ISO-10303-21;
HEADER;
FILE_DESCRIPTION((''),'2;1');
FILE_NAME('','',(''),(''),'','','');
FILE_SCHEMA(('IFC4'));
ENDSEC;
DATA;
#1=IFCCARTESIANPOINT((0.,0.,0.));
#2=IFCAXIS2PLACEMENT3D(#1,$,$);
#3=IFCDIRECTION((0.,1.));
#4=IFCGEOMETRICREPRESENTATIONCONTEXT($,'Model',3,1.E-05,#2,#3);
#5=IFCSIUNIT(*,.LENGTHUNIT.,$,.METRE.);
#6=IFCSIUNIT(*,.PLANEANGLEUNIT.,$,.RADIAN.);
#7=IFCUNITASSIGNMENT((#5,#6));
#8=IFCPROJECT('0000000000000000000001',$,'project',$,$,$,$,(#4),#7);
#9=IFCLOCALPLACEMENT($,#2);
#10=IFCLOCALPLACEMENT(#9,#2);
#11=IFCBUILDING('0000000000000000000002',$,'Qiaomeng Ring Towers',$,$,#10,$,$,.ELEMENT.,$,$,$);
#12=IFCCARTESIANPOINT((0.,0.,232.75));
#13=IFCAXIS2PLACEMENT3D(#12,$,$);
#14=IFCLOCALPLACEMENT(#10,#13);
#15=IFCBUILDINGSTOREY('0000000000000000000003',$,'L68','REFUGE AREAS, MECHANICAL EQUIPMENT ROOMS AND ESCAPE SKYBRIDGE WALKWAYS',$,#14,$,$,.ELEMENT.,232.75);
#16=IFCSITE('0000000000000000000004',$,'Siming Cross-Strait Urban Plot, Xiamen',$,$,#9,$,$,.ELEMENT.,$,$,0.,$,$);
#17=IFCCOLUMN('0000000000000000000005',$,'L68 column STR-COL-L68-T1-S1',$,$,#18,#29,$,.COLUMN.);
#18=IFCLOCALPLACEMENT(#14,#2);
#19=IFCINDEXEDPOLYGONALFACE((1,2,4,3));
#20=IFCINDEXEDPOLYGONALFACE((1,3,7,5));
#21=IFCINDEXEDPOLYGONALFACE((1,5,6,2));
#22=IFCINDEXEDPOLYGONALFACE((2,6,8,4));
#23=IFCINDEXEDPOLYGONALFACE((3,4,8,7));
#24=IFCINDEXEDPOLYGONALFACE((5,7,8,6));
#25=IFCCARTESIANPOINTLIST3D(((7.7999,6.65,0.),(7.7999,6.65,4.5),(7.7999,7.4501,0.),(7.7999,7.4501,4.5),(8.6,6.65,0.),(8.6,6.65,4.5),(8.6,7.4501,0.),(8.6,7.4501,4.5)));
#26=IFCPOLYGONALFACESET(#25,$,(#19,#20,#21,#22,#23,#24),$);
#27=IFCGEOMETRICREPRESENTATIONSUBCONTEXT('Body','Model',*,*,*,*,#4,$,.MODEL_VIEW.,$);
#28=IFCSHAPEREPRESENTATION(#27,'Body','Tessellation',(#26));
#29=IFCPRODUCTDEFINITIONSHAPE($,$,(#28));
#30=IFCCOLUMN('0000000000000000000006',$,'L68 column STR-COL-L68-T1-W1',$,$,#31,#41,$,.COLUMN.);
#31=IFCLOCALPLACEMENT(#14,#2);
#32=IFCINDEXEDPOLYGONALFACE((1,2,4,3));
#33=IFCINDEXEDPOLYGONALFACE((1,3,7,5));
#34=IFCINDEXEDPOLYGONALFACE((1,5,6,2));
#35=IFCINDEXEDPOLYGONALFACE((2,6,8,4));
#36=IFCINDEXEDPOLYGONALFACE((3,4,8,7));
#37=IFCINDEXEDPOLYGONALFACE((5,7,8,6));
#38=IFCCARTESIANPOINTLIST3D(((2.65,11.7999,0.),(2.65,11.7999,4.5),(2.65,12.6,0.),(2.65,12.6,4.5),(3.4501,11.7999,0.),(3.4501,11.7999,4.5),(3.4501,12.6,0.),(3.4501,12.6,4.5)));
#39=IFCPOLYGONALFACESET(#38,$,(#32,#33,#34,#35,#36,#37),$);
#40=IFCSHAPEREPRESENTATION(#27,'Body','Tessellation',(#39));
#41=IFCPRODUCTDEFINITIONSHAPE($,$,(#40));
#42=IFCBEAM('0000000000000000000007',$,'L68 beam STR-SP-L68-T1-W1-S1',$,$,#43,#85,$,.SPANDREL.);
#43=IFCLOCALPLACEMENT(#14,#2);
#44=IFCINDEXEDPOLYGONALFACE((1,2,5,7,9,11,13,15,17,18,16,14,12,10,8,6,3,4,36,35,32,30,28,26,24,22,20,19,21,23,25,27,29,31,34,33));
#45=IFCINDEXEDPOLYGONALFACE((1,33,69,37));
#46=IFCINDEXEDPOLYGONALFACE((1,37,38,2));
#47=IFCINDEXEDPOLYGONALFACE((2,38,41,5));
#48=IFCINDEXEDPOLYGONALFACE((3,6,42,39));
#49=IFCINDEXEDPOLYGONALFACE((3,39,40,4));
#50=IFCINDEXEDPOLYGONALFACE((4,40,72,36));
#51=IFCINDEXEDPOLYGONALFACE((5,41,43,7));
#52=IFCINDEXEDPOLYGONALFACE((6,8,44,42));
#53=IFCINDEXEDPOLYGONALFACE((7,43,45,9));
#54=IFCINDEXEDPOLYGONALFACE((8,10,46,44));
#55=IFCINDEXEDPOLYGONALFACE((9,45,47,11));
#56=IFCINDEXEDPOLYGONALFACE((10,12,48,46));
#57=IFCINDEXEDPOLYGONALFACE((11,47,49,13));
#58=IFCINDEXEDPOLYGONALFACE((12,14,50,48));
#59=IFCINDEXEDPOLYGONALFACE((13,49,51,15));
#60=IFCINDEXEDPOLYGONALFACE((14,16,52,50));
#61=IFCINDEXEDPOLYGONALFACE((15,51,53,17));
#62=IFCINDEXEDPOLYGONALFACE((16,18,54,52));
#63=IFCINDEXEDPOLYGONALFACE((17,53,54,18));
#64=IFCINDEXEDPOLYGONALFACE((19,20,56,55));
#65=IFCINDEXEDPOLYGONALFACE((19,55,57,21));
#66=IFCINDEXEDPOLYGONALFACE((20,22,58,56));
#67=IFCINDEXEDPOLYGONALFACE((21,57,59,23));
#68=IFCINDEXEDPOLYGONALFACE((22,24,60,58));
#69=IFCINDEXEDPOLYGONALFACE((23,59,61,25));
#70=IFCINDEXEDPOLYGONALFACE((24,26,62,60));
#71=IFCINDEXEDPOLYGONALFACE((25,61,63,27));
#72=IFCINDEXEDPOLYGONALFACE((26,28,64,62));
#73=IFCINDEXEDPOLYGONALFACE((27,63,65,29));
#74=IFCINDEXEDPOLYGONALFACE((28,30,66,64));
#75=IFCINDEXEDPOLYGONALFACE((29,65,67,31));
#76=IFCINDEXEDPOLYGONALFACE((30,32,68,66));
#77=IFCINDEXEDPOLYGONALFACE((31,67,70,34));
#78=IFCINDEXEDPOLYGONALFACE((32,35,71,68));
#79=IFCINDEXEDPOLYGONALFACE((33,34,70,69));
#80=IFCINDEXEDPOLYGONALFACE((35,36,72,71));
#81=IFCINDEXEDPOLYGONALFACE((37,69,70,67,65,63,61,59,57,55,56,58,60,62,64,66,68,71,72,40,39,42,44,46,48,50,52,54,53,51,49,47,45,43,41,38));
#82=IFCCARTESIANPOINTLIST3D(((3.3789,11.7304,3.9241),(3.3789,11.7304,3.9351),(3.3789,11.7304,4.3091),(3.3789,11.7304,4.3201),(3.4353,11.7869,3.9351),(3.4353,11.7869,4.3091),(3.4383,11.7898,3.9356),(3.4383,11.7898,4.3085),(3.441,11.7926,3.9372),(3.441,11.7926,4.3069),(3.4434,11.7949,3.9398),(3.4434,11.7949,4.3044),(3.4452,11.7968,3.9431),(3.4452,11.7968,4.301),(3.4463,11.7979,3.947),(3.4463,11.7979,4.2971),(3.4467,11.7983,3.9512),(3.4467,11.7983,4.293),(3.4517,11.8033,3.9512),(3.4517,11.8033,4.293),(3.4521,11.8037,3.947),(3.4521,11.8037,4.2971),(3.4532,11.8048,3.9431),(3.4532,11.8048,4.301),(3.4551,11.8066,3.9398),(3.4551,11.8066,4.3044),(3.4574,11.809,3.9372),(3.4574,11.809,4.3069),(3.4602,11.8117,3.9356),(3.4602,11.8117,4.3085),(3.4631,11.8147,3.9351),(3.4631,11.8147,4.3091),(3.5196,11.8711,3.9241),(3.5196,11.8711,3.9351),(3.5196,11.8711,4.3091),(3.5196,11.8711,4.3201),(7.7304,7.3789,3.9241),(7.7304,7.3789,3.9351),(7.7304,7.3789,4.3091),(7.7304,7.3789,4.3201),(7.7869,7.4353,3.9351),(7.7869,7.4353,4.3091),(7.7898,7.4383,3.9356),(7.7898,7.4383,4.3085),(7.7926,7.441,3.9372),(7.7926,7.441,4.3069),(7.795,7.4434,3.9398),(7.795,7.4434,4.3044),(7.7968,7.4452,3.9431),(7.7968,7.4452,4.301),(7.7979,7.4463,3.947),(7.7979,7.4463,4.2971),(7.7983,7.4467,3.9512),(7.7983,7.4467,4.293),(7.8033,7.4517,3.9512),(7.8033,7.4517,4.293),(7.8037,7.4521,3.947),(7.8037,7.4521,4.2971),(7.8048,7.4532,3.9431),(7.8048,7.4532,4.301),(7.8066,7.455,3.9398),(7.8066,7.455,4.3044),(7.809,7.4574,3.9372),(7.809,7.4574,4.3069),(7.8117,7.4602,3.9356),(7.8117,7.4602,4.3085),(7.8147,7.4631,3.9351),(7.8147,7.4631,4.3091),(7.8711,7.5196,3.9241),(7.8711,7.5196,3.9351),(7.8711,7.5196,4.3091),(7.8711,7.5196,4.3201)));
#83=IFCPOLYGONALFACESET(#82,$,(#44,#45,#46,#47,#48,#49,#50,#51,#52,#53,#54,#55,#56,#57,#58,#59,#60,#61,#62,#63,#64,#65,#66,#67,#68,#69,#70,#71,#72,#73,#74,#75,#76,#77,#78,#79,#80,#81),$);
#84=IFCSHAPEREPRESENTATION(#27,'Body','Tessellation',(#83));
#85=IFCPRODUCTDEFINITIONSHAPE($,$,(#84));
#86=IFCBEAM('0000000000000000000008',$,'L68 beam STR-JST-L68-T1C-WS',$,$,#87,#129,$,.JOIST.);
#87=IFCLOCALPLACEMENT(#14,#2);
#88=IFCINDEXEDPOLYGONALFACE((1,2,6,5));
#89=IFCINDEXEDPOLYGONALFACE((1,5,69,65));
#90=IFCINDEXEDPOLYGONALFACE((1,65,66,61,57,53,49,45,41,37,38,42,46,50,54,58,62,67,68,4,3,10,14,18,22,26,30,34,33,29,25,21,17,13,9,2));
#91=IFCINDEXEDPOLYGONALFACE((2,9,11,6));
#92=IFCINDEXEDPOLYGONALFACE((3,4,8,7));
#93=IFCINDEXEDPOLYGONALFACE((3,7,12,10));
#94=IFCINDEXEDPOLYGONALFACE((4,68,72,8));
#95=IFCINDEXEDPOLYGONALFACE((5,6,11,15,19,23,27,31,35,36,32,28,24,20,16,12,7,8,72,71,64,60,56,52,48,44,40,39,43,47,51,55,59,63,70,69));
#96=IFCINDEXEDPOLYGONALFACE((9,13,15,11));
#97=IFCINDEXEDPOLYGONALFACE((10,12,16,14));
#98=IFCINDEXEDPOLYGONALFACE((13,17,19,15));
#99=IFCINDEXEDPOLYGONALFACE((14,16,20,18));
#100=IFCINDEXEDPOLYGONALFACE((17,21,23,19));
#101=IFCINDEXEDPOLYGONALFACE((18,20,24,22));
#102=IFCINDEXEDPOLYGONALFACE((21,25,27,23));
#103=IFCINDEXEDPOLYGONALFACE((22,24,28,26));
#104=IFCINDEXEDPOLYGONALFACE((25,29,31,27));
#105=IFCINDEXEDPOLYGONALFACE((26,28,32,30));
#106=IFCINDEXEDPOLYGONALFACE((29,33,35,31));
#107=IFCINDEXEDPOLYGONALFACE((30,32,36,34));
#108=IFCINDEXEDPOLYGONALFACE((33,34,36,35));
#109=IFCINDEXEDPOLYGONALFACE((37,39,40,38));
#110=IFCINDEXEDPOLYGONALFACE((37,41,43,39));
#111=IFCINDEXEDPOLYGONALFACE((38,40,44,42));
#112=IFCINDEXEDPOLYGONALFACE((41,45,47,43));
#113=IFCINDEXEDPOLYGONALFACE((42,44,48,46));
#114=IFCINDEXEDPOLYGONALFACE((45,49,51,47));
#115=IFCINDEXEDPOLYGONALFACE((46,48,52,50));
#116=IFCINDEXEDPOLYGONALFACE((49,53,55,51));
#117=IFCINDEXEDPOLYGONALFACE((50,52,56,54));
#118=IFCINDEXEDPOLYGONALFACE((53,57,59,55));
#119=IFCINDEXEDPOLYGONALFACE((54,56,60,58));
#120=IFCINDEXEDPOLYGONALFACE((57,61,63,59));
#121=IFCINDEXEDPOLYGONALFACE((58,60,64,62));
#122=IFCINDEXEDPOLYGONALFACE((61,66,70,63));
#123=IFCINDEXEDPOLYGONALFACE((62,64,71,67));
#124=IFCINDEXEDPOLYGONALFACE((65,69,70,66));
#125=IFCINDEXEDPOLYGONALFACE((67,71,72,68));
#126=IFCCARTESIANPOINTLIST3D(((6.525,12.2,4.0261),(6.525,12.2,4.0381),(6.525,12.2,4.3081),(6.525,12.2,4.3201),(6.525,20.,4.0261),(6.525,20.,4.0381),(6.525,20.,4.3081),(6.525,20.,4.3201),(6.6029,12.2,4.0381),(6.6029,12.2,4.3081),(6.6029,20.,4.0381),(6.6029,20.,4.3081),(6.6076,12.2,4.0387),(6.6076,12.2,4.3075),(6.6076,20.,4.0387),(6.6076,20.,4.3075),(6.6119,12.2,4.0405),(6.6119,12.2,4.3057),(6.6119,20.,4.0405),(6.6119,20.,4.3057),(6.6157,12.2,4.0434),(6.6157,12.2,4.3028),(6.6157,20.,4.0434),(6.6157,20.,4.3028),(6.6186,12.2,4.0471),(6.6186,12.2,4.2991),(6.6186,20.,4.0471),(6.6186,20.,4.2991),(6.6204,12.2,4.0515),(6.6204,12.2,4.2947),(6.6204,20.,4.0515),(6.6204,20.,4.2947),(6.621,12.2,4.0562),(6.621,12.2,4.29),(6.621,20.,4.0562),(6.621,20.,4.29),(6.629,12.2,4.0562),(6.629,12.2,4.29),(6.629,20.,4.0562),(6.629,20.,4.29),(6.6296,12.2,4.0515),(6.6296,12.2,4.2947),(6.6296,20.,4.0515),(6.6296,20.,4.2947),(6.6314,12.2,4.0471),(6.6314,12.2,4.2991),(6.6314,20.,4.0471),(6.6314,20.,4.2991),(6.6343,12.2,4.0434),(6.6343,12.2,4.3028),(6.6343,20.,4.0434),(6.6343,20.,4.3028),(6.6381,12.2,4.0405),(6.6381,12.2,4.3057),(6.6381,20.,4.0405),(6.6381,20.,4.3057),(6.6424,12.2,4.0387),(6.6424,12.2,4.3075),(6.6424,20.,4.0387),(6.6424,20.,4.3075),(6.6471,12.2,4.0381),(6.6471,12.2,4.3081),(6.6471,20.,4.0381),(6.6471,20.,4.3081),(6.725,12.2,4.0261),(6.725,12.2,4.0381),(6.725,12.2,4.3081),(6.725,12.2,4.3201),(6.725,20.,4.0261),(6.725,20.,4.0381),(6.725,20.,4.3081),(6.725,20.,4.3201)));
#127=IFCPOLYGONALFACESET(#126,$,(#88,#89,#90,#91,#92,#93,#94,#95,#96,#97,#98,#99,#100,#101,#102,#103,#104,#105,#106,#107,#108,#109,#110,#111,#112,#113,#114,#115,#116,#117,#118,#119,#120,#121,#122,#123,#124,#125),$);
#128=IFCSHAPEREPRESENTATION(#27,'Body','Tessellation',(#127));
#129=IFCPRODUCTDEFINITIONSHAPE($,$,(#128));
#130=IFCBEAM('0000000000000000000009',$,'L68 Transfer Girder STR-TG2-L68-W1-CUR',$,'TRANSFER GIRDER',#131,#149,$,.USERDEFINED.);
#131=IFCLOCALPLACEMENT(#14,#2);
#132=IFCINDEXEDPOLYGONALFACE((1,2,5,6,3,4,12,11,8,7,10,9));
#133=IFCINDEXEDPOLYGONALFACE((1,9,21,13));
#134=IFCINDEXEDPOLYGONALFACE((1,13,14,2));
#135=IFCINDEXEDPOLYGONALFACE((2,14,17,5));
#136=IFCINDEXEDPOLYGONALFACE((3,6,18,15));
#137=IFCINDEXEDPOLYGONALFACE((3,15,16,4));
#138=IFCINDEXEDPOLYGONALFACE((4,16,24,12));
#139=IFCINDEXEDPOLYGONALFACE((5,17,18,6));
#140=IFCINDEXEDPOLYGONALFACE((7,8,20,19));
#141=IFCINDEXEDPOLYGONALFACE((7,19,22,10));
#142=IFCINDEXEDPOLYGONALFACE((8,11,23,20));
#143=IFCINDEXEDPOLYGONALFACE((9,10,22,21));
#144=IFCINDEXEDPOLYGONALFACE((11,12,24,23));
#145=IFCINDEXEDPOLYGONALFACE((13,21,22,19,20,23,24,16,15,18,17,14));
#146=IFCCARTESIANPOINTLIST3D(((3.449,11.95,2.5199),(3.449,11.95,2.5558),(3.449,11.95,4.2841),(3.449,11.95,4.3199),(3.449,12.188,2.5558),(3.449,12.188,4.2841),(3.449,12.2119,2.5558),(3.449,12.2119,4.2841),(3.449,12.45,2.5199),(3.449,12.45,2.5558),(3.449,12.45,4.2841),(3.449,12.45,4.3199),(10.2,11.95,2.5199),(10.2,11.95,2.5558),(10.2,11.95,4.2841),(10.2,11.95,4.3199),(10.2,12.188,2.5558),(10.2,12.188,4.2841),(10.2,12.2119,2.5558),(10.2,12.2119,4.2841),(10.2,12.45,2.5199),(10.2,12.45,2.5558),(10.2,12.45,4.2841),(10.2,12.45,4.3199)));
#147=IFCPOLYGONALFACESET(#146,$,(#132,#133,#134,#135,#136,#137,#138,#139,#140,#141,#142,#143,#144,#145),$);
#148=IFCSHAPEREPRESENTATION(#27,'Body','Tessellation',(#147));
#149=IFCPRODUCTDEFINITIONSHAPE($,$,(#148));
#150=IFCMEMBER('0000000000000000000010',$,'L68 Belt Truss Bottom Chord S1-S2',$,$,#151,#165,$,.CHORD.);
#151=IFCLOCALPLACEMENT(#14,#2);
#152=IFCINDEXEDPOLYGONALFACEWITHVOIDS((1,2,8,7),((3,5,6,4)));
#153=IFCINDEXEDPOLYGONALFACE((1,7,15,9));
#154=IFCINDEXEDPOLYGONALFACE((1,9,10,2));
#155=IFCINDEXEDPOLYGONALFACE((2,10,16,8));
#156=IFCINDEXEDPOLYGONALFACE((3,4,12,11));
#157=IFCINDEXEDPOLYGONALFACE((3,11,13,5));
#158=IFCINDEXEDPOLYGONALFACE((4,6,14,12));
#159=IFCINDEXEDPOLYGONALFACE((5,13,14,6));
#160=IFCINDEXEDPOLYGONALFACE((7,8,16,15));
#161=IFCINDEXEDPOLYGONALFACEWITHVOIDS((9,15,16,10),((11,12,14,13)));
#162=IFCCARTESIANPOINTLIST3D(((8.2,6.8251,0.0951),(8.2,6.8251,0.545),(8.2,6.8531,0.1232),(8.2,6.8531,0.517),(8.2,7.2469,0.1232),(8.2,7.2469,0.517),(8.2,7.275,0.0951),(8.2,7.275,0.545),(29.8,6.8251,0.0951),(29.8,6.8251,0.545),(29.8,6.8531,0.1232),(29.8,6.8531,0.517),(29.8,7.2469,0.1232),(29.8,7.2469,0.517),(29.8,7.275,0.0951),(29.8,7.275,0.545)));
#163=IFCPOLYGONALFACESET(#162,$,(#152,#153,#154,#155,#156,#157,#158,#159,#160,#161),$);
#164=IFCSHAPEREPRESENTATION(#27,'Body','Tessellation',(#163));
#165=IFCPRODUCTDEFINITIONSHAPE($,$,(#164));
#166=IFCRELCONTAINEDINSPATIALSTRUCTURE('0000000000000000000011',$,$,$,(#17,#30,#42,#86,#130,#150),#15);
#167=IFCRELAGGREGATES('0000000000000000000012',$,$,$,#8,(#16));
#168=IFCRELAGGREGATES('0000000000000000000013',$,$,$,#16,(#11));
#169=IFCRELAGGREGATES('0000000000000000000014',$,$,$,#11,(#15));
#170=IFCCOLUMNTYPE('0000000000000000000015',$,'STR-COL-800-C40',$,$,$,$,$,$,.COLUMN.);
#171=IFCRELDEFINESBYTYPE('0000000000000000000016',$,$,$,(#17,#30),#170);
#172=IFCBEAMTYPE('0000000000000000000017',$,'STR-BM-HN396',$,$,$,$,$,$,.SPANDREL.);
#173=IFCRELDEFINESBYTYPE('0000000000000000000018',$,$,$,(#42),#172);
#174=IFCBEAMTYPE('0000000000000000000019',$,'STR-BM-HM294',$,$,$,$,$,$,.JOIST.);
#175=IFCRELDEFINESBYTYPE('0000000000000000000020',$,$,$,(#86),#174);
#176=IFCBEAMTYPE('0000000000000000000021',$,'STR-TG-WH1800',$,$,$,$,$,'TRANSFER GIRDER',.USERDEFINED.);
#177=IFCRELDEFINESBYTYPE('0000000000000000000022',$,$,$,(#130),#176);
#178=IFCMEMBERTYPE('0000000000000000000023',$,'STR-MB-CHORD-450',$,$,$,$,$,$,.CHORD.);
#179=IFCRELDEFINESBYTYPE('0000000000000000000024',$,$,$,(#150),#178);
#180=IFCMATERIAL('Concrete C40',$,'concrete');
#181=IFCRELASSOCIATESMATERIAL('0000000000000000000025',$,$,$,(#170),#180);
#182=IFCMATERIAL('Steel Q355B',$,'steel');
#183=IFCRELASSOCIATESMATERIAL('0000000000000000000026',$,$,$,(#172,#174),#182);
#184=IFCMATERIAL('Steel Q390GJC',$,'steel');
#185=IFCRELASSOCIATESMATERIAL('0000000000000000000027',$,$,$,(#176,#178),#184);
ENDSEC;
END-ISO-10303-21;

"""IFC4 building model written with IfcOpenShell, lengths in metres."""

from ifc_helpers import new_model, si_unit, direction, frame, origin, origin_2d, place, context, subcontext, project, spatial, rectangle, hollow_rectangle, i_section, extrude, source, transform, mapped, material, material_profile, profile_set, type_object, element, save


model = new_model("IFC4")

# Units and contexts
model_context = context("Model", 3, precision=1e-05, world=origin(), true_north=direction((0.0, 1.0)))
body_context = subcontext(model_context, "Body", "Model", "MODEL_VIEW")
ifc_project = project(units=[si_unit("LENGTHUNIT", "METRE"), si_unit("PLANEANGLEUNIT", "RADIAN")], contexts=[model_context])

# Site, building, storey
site_placement = place(None, origin())
site = spatial("IfcSite", under=ifc_project, at=site_placement, Name="Siming Cross-Strait Urban Plot, Xiamen", CompositionType="ELEMENT", RefElevation=0.0)
building_placement = place(site_placement, origin())
building = spatial("IfcBuilding", under=site, at=building_placement, Name="Qiaomeng Ring Towers", CompositionType="ELEMENT")
storey_placement = place(building_placement, frame((0.0, 0.0, 232.75)))
storey = spatial("IfcBuildingStorey", under=building, at=storey_placement, Name="L68", Description="REFUGE AREAS, MECHANICAL EQUIPMENT ROOMS AND ESCAPE SKYBRIDGE WALKWAYS", CompositionType="ELEMENT", Elevation=232.75)

# Columns
ifc_material_1 = material(Name="Concrete C40", Category="concrete")
ifc_material_profile_1 = material_profile(ifc_material_1, rectangle(XDim=0.8, YDim=0.8, at=origin_2d()), Name="RC COL 800x800")
ifc_profile_set_1 = profile_set([ifc_material_profile_1], Name="Concrete C40")
column_type = type_object("IfcColumnType", Name="STR-COL-800-C40", PredefinedType="COLUMN", material=ifc_profile_set_1)
shared_shape_1 = source(origin(), body_context, "Body", "SweptSolid", [
    extrude(rectangle(XDim=0.8, YDim=0.8, at=origin_2d()), origin(), (0.0, 0.0, 1.0), 4.5),
])
for number, where, z_axis, x_axis, name in (
    (1, (8.2, 7.05, 0.0), (0.0, 0.0, 1.0), (1.0, 0.0, 0.0), "L68 column STR-COL-L68-T1-S1"),
    (2, (3.05, 12.2, 0.0), (0.0, 0.0, 1.0), (1.0, 0.0, 0.0), "L68 column STR-COL-L68-T1-W1"),
):
    element("IfcColumn", number, at=place(storey_placement, frame(where, z_axis=z_axis, x_axis=x_axis)), inside=storey, type_object=column_type, Name=name, PredefinedType="COLUMN", context=body_context, shape_type="MappedRepresentation", body=[
        mapped(shared_shape_1, transform((0.0, 0.0, 0.0), x_axis=(1.0, 0.0, 0.0), y_axis=(0.0, 1.0, 0.0), z_axis=(0.0, 0.0, 1.0), scale=1.0)),
    ])

# Beams
ifc_material_2 = material(Name="Steel Q355B", Category="steel")
ifc_material_profile_2 = material_profile(ifc_material_2, i_section(OverallWidth=0.199, OverallDepth=0.396, WebThickness=0.0071, FlangeThickness=0.011, FilletRadius=0.0161, at=origin_2d()), Name="HN 396x199x7x11")
ifc_profile_set_2 = profile_set([ifc_material_profile_2], Name="Steel Q355B")
beam_type_1 = type_object("IfcBeamType", Name="STR-BM-HN396", PredefinedType="SPANDREL", material=ifc_profile_set_2)
shared_shape_2 = source(origin(), body_context, "Body", "SweptSolid", [
    extrude(i_section(OverallWidth=0.199, OverallDepth=0.396, WebThickness=0.0071, FlangeThickness=0.011, FilletRadius=0.0161, at=origin_2d()), origin(), (0.0, 0.0, 1.0), 6.1541),
])
beam_1_placement = place(storey_placement, frame((3.4492, 11.8008, 4.1221), z_axis=(0.707107, -0.707107, 0.0), x_axis=(0.707107, 0.707107, 0.0)))
element("IfcBeam", 3, at=beam_1_placement, inside=storey, type_object=beam_type_1, Name="L68 beam STR-SP-L68-T1-W1-S1", PredefinedType="SPANDREL", context=body_context, shape_type="MappedRepresentation", body=[
    mapped(shared_shape_2, transform((0.0, 0.0, 0.0), x_axis=(1.0, 0.0, 0.0), y_axis=(0.0, 1.0, 0.0), z_axis=(0.0, 0.0, 1.0), scale=1.0)),
])
ifc_material_profile_3 = material_profile(ifc_material_2, i_section(OverallWidth=0.2, OverallDepth=0.2939, WebThickness=0.0081, FlangeThickness=0.012, FilletRadius=0.0181, at=origin_2d()), Name="HM 294x200x8x12")
ifc_profile_set_3 = profile_set([ifc_material_profile_3], Name="Steel Q355B")
beam_type_2 = type_object("IfcBeamType", Name="STR-BM-HM294", PredefinedType="JOIST", material=ifc_profile_set_3)
shared_shape_3 = source(origin(), body_context, "Body", "SweptSolid", [
    extrude(i_section(OverallWidth=0.2, OverallDepth=0.2939, WebThickness=0.0081, FlangeThickness=0.012, FilletRadius=0.0181, at=origin_2d()), origin(), (0.0, 0.0, 1.0), 7.8),
])
beam_2_placement = place(storey_placement, frame((6.625, 12.2, 4.1731), z_axis=(0.0, 1.0, 0.0), x_axis=(-1.0, 0.0, 0.0)))
element("IfcBeam", 4, at=beam_2_placement, inside=storey, type_object=beam_type_2, Name="L68 beam STR-JST-L68-T1C-WS", PredefinedType="JOIST", context=body_context, shape_type="MappedRepresentation", body=[
    mapped(shared_shape_3, transform((0.0, 0.0, 0.0), x_axis=(1.0, 0.0, 0.0), y_axis=(0.0, 1.0, 0.0), z_axis=(0.0, 0.0, 1.0), scale=1.0)),
])
ifc_material_3 = material(Name="Steel Q390GJC", Category="steel")
ifc_material_profile_4 = material_profile(ifc_material_3, i_section(OverallWidth=0.5, OverallDepth=1.8, WebThickness=0.0239, FlangeThickness=0.0359, at=origin_2d()), Name="WH 1800x500x24x36")
ifc_profile_set_4 = profile_set([ifc_material_profile_4], Name="Steel Q390GJC")
beam_type_3 = type_object("IfcBeamType", Name="STR-TG-WH1800", ElementType="TRANSFER GIRDER", PredefinedType="USERDEFINED", material=ifc_profile_set_4)
shared_shape_4 = source(origin(), body_context, "Body", "SweptSolid", [
    extrude(i_section(OverallWidth=0.5, OverallDepth=1.8, WebThickness=0.0239, FlangeThickness=0.0359, at=origin_2d()), origin(), (0.0, 0.0, 1.0), 6.751),
])
beam_3_placement = place(storey_placement, frame((3.449, 12.2, 3.4199), z_axis=(1.0, 0.0, 0.0), x_axis=(0.0, 1.0, 0.0)))
element("IfcBeam", 5, at=beam_3_placement, inside=storey, type_object=beam_type_3, Name="L68 Transfer Girder STR-TG2-L68-W1-CUR", ObjectType="TRANSFER GIRDER", PredefinedType="USERDEFINED", context=body_context, shape_type="MappedRepresentation", body=[
    mapped(shared_shape_4, transform((0.0, 0.0, 0.0), x_axis=(1.0, 0.0, 0.0), y_axis=(0.0, 1.0, 0.0), z_axis=(0.0, 0.0, 1.0), scale=1.0)),
])

# Member
ifc_material_profile_5 = material_profile(ifc_material_3, hollow_rectangle(XDim=0.45, YDim=0.45, WallThickness=0.0281, at=origin_2d()), Name="SHS 450x450x28")
ifc_profile_set_5 = profile_set([ifc_material_profile_5], Name="Steel Q390GJC")
member_type_1 = type_object("IfcMemberType", Name="STR-MB-CHORD-450", PredefinedType="CHORD", material=ifc_profile_set_5)
shared_shape_5 = source(origin(), body_context, "Body", "SweptSolid", [
    extrude(hollow_rectangle(XDim=0.45, YDim=0.45, WallThickness=0.0281, at=origin_2d()), origin(), (0.0, 0.0, 1.0), 21.6001),
])
member_1_placement = place(storey_placement, frame((8.2, 7.05, 0.3201), z_axis=(1.0, 0.0, 0.0), x_axis=(0.0, 1.0, 0.0)))
element("IfcMember", 6, at=member_1_placement, inside=storey, type_object=member_type_1, Name="L68 Belt Truss Bottom Chord S1-S2", PredefinedType="CHORD", context=body_context, shape_type="MappedRepresentation", body=[
    mapped(shared_shape_5, transform((0.0, 0.0, 0.0), x_axis=(1.0, 0.0, 0.0), y_axis=(0.0, 1.0, 0.0), z_axis=(0.0, 0.0, 1.0), scale=1.0)),
])

save(model, "model.ifc")
